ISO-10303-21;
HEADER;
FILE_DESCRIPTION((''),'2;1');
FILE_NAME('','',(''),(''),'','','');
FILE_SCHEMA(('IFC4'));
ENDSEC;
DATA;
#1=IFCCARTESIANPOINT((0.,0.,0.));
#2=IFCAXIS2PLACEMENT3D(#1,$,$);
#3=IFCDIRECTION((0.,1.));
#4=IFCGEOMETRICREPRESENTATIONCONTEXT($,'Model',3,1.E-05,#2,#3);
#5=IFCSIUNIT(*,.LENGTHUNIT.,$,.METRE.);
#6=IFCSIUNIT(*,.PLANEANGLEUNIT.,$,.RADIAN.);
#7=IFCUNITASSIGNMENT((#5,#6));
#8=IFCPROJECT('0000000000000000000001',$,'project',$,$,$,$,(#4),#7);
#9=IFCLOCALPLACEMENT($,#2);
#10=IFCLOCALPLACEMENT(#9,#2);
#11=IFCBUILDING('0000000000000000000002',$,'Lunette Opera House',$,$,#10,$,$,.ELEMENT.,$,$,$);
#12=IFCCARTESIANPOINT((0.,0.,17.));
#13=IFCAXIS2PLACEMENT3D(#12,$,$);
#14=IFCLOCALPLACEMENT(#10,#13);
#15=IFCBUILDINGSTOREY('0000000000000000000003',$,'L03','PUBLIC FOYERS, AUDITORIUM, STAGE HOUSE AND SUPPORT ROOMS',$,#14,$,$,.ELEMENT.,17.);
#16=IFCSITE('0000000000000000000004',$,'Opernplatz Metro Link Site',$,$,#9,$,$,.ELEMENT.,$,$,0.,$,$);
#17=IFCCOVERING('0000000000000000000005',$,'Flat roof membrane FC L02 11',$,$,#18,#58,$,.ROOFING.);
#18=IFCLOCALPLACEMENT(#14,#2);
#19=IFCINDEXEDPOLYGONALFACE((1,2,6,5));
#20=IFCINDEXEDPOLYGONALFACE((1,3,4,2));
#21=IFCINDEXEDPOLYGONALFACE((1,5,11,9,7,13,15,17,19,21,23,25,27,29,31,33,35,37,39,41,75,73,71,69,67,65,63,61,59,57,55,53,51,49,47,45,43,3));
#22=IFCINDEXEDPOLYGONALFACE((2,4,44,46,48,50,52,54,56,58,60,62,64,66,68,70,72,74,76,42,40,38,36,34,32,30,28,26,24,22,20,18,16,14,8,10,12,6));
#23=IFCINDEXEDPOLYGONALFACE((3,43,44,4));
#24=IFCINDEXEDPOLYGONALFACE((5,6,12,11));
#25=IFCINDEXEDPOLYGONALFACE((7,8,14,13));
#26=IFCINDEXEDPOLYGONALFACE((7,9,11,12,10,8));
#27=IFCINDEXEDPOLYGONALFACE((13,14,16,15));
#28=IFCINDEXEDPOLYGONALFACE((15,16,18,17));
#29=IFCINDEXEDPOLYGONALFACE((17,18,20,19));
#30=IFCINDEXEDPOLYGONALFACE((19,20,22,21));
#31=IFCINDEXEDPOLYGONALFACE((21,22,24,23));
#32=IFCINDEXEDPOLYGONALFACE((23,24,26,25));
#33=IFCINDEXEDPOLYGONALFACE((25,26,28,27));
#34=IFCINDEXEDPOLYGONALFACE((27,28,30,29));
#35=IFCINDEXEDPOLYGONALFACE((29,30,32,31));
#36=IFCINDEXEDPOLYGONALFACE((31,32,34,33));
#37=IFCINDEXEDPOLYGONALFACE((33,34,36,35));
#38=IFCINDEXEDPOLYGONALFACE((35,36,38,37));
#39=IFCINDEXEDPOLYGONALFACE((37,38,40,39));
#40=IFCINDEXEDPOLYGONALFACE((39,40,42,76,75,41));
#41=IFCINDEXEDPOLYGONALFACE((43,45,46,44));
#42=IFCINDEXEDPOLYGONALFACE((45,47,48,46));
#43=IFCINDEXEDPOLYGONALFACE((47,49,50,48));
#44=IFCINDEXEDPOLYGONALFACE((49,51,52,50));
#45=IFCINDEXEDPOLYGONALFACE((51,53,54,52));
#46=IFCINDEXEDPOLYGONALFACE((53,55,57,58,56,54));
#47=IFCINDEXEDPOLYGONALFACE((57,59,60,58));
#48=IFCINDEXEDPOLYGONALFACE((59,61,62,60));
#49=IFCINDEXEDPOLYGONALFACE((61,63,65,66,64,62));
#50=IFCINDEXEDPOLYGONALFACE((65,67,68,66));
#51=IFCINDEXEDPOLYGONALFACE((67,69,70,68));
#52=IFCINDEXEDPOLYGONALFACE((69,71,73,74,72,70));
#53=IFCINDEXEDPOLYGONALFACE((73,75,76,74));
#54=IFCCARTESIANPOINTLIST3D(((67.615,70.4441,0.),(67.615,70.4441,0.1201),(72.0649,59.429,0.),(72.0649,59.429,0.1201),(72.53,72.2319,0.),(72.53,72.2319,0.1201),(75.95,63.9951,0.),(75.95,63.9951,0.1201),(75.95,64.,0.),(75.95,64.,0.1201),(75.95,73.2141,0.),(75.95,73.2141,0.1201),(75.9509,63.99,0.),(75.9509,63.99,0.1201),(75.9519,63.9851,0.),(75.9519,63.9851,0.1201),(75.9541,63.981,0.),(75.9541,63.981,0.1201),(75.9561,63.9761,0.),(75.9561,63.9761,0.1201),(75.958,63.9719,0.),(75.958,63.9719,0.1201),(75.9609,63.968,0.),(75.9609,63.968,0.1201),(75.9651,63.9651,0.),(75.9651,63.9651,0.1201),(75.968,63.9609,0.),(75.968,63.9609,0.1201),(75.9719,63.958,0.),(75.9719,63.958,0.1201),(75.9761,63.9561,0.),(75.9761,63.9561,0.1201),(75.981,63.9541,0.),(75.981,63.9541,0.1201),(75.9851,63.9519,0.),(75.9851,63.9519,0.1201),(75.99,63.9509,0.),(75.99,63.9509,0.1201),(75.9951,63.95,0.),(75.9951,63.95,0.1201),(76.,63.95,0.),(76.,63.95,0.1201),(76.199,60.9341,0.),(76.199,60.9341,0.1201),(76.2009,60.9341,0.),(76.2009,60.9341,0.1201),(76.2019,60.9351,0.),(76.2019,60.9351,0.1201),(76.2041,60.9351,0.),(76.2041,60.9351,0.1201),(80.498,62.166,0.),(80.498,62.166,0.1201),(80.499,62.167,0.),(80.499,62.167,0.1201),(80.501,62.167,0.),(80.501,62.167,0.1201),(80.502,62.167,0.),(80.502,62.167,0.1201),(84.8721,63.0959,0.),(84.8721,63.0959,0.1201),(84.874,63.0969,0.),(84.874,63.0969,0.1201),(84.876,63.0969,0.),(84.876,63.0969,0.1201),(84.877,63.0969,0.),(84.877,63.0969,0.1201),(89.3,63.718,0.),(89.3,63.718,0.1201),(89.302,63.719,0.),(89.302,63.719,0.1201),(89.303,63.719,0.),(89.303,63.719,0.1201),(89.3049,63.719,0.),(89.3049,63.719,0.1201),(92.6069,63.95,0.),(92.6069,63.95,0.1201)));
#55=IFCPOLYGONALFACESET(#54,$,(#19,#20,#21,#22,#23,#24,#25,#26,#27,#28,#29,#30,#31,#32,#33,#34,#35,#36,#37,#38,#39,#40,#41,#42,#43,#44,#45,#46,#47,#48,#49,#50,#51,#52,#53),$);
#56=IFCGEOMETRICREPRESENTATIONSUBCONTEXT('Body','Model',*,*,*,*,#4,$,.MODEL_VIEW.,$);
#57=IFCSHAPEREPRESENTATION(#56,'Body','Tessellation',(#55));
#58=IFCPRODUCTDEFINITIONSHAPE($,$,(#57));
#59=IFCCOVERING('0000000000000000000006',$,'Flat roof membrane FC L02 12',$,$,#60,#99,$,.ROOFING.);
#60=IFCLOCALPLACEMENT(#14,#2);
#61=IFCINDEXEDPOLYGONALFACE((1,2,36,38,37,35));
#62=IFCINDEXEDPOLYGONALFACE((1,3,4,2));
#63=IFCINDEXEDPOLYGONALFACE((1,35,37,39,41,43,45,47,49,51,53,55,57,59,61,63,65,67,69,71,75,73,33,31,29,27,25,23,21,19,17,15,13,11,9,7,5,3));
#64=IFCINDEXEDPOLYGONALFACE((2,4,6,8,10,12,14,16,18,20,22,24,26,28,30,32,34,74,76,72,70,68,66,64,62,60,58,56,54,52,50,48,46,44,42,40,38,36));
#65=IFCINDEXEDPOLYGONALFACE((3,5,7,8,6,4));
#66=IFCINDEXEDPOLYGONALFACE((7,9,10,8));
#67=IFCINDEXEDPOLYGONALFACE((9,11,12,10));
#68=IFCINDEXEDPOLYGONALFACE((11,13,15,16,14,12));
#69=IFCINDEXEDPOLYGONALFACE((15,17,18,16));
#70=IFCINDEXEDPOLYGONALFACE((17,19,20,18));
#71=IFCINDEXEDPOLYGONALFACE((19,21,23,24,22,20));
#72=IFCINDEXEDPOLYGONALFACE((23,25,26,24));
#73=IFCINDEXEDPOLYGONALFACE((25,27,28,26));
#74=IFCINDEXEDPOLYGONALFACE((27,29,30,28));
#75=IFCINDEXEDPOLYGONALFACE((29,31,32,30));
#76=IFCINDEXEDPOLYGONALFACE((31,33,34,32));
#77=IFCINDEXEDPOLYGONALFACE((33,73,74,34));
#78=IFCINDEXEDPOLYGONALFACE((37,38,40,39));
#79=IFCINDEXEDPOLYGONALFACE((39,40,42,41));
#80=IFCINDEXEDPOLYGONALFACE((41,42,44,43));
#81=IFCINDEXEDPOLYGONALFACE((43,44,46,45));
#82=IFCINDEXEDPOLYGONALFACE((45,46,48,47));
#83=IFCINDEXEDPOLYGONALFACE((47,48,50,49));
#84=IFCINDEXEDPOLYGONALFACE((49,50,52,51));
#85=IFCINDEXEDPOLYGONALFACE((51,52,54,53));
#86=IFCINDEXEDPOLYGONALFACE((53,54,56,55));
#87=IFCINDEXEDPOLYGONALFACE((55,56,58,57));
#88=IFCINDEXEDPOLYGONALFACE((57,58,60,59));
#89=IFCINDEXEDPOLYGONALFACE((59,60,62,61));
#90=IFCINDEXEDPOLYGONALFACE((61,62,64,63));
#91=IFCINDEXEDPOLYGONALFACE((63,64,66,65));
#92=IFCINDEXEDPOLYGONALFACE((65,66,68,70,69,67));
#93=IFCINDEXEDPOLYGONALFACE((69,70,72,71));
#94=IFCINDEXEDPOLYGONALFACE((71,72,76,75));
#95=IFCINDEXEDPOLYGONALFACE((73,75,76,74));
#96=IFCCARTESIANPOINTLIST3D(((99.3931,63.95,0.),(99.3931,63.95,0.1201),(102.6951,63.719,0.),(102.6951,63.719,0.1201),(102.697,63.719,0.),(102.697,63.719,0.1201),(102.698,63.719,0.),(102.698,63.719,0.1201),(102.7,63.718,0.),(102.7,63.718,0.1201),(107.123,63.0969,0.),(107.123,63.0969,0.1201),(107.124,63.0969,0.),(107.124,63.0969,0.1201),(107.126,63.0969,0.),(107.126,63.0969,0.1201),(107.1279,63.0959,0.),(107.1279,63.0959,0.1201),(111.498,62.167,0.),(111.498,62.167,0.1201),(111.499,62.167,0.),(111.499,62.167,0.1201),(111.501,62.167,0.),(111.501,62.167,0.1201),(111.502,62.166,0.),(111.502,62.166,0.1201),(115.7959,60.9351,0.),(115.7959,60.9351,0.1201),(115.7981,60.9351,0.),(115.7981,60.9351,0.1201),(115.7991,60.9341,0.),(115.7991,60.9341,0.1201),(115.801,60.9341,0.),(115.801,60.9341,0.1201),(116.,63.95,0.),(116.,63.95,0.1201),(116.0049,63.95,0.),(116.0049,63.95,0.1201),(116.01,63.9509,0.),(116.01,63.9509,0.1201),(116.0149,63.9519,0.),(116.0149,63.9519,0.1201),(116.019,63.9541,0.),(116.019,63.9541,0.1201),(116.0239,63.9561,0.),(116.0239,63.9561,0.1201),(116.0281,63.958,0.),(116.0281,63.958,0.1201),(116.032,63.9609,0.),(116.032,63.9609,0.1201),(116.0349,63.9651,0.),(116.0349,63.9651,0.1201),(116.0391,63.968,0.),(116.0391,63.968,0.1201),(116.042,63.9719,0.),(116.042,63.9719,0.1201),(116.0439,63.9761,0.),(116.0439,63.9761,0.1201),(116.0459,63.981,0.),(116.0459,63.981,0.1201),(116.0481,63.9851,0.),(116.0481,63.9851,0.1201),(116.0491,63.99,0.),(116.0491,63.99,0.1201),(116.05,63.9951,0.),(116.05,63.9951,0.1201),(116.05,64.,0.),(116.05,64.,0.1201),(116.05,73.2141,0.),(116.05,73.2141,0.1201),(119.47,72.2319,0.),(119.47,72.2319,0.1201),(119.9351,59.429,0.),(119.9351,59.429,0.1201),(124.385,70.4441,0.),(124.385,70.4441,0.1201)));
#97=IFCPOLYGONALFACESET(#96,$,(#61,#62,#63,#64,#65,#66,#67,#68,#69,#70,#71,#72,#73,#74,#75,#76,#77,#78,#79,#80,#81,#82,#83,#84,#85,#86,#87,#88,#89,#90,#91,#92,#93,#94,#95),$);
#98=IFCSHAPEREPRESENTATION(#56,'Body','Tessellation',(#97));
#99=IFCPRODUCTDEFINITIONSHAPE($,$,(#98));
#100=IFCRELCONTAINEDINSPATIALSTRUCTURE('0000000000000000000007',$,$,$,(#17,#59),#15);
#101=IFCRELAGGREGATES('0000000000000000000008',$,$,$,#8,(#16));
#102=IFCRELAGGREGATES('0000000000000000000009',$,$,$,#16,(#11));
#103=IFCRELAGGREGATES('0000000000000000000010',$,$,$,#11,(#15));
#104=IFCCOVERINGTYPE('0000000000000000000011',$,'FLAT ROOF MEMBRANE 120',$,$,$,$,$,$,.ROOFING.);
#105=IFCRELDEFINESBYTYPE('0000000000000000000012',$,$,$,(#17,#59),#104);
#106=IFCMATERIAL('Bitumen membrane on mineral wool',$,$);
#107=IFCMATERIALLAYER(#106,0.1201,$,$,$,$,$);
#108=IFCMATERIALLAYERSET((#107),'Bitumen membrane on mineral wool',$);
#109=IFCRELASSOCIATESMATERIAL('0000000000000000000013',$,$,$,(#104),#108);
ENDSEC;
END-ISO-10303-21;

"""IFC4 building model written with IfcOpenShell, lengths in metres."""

from ifc_helpers import new_model, si_unit, direction, frame, origin, place, context, subcontext, project, spatial, polyline, outline, extrude, material, layer, layer_set, type_object, element, save


model = new_model("IFC4")

# Units and contexts
model_context = context("Model", 3, precision=1e-05, world=origin(), true_north=direction((0.0, 1.0)))
body_context = subcontext(model_context, "Body", "Model", "MODEL_VIEW")
ifc_project = project(units=[si_unit("LENGTHUNIT", "METRE"), si_unit("PLANEANGLEUNIT", "RADIAN")], contexts=[model_context])

# Site, building, storey
site_placement = place(None, origin())
site = spatial("IfcSite", under=ifc_project, at=site_placement, Name="Opernplatz Metro Link Site", CompositionType="ELEMENT", RefElevation=0.0)
building_placement = place(site_placement, origin())
building = spatial("IfcBuilding", under=site, at=building_placement, Name="Lunette Opera House", CompositionType="ELEMENT")
storey_placement = place(building_placement, frame((0.0, 0.0, 17.0)))
storey = spatial("IfcBuildingStorey", under=building, at=storey_placement, Name="L03", Description="PUBLIC FOYERS, AUDITORIUM, STAGE HOUSE AND SUPPORT ROOMS", CompositionType="ELEMENT", Elevation=17.0)

# Coverings
ifc_material_1 = material(Name="Bitumen membrane on mineral wool")
ifc_layer_1 = layer(ifc_material_1, 0.1201)
ifc_layer_set_1 = layer_set([ifc_layer_1], Name="Bitumen membrane on mineral wool")
covering_type = type_object("IfcCoveringType", Name="FLAT ROOF MEMBRANE 120", PredefinedType="ROOFING", material=ifc_layer_set_1)
covering_1_placement = place(storey_placement, origin())
element("IfcCovering", 1, at=covering_1_placement, inside=storey, type_object=covering_type, Name="Flat roof membrane FC L02 11", PredefinedType="ROOFING", context=body_context, shape_type="SweptSolid", body=[
    extrude(outline(polyline([(72.53, 72.2319), (75.95, 73.2141), (75.95, 64.0), (75.95, 63.9951), (75.9509, 63.99), (75.9519, 63.9851), (75.9541, 63.981), (75.9561, 63.9761), (75.958, 63.9719), (75.9609, 63.968), (75.9651, 63.9651), (75.968, 63.9609), (75.9719, 63.958), (75.9761, 63.9561), (75.981, 63.9541), (75.9851, 63.9519), (75.99, 63.9509), (75.9951, 63.95), (76.0, 63.95), (92.6069, 63.95), (89.3049, 63.719), (89.303, 63.719), (89.302, 63.719), (89.3, 63.718), (84.877, 63.0969), (84.876, 63.0969), (84.874, 63.0969), (84.8721, 63.0959), (80.502, 62.167), (80.501, 62.167), (80.499, 62.167), (80.498, 62.166), (76.2041, 60.9351), (76.2019, 60.9351), (76.2009, 60.9341), (76.199, 60.9341), (72.0649, 59.429), (67.615, 70.4441), (72.53, 72.2319)])), origin(), (0.0, 0.0, 1.0), 0.1201),
])
covering_2_placement = place(storey_placement, origin())
element("IfcCovering", 2, at=covering_2_placement, inside=storey, type_object=covering_type, Name="Flat roof membrane FC L02 12", PredefinedType="ROOFING", context=body_context, shape_type="SweptSolid", body=[
    extrude(outline(polyline([(99.3931, 63.95), (116.0, 63.95), (116.0049, 63.95), (116.01, 63.9509), (116.0149, 63.9519), (116.019, 63.9541), (116.0239, 63.9561), (116.0281, 63.958), (116.032, 63.9609), (116.0349, 63.9651), (116.0391, 63.968), (116.042, 63.9719), (116.0439, 63.9761), (116.0459, 63.981), (116.0481, 63.9851), (116.0491, 63.99), (116.05, 63.9951), (116.05, 64.0), (116.05, 73.2141), (119.47, 72.2319), (124.385, 70.4441), (119.9351, 59.429), (115.801, 60.9341), (115.7991, 60.9341), (115.7981, 60.9351), (115.7959, 60.9351), (111.502, 62.166), (111.501, 62.167), (111.499, 62.167), (111.498, 62.167), (107.1279, 63.0959), (107.126, 63.0969), (107.124, 63.0969), (107.123, 63.0969), (102.7, 63.718), (102.698, 63.719), (102.697, 63.719), (102.6951, 63.719), (99.3931, 63.95)])), origin(), (0.0, 0.0, 1.0), 0.1201),
])

save(model, "model.ifc")
